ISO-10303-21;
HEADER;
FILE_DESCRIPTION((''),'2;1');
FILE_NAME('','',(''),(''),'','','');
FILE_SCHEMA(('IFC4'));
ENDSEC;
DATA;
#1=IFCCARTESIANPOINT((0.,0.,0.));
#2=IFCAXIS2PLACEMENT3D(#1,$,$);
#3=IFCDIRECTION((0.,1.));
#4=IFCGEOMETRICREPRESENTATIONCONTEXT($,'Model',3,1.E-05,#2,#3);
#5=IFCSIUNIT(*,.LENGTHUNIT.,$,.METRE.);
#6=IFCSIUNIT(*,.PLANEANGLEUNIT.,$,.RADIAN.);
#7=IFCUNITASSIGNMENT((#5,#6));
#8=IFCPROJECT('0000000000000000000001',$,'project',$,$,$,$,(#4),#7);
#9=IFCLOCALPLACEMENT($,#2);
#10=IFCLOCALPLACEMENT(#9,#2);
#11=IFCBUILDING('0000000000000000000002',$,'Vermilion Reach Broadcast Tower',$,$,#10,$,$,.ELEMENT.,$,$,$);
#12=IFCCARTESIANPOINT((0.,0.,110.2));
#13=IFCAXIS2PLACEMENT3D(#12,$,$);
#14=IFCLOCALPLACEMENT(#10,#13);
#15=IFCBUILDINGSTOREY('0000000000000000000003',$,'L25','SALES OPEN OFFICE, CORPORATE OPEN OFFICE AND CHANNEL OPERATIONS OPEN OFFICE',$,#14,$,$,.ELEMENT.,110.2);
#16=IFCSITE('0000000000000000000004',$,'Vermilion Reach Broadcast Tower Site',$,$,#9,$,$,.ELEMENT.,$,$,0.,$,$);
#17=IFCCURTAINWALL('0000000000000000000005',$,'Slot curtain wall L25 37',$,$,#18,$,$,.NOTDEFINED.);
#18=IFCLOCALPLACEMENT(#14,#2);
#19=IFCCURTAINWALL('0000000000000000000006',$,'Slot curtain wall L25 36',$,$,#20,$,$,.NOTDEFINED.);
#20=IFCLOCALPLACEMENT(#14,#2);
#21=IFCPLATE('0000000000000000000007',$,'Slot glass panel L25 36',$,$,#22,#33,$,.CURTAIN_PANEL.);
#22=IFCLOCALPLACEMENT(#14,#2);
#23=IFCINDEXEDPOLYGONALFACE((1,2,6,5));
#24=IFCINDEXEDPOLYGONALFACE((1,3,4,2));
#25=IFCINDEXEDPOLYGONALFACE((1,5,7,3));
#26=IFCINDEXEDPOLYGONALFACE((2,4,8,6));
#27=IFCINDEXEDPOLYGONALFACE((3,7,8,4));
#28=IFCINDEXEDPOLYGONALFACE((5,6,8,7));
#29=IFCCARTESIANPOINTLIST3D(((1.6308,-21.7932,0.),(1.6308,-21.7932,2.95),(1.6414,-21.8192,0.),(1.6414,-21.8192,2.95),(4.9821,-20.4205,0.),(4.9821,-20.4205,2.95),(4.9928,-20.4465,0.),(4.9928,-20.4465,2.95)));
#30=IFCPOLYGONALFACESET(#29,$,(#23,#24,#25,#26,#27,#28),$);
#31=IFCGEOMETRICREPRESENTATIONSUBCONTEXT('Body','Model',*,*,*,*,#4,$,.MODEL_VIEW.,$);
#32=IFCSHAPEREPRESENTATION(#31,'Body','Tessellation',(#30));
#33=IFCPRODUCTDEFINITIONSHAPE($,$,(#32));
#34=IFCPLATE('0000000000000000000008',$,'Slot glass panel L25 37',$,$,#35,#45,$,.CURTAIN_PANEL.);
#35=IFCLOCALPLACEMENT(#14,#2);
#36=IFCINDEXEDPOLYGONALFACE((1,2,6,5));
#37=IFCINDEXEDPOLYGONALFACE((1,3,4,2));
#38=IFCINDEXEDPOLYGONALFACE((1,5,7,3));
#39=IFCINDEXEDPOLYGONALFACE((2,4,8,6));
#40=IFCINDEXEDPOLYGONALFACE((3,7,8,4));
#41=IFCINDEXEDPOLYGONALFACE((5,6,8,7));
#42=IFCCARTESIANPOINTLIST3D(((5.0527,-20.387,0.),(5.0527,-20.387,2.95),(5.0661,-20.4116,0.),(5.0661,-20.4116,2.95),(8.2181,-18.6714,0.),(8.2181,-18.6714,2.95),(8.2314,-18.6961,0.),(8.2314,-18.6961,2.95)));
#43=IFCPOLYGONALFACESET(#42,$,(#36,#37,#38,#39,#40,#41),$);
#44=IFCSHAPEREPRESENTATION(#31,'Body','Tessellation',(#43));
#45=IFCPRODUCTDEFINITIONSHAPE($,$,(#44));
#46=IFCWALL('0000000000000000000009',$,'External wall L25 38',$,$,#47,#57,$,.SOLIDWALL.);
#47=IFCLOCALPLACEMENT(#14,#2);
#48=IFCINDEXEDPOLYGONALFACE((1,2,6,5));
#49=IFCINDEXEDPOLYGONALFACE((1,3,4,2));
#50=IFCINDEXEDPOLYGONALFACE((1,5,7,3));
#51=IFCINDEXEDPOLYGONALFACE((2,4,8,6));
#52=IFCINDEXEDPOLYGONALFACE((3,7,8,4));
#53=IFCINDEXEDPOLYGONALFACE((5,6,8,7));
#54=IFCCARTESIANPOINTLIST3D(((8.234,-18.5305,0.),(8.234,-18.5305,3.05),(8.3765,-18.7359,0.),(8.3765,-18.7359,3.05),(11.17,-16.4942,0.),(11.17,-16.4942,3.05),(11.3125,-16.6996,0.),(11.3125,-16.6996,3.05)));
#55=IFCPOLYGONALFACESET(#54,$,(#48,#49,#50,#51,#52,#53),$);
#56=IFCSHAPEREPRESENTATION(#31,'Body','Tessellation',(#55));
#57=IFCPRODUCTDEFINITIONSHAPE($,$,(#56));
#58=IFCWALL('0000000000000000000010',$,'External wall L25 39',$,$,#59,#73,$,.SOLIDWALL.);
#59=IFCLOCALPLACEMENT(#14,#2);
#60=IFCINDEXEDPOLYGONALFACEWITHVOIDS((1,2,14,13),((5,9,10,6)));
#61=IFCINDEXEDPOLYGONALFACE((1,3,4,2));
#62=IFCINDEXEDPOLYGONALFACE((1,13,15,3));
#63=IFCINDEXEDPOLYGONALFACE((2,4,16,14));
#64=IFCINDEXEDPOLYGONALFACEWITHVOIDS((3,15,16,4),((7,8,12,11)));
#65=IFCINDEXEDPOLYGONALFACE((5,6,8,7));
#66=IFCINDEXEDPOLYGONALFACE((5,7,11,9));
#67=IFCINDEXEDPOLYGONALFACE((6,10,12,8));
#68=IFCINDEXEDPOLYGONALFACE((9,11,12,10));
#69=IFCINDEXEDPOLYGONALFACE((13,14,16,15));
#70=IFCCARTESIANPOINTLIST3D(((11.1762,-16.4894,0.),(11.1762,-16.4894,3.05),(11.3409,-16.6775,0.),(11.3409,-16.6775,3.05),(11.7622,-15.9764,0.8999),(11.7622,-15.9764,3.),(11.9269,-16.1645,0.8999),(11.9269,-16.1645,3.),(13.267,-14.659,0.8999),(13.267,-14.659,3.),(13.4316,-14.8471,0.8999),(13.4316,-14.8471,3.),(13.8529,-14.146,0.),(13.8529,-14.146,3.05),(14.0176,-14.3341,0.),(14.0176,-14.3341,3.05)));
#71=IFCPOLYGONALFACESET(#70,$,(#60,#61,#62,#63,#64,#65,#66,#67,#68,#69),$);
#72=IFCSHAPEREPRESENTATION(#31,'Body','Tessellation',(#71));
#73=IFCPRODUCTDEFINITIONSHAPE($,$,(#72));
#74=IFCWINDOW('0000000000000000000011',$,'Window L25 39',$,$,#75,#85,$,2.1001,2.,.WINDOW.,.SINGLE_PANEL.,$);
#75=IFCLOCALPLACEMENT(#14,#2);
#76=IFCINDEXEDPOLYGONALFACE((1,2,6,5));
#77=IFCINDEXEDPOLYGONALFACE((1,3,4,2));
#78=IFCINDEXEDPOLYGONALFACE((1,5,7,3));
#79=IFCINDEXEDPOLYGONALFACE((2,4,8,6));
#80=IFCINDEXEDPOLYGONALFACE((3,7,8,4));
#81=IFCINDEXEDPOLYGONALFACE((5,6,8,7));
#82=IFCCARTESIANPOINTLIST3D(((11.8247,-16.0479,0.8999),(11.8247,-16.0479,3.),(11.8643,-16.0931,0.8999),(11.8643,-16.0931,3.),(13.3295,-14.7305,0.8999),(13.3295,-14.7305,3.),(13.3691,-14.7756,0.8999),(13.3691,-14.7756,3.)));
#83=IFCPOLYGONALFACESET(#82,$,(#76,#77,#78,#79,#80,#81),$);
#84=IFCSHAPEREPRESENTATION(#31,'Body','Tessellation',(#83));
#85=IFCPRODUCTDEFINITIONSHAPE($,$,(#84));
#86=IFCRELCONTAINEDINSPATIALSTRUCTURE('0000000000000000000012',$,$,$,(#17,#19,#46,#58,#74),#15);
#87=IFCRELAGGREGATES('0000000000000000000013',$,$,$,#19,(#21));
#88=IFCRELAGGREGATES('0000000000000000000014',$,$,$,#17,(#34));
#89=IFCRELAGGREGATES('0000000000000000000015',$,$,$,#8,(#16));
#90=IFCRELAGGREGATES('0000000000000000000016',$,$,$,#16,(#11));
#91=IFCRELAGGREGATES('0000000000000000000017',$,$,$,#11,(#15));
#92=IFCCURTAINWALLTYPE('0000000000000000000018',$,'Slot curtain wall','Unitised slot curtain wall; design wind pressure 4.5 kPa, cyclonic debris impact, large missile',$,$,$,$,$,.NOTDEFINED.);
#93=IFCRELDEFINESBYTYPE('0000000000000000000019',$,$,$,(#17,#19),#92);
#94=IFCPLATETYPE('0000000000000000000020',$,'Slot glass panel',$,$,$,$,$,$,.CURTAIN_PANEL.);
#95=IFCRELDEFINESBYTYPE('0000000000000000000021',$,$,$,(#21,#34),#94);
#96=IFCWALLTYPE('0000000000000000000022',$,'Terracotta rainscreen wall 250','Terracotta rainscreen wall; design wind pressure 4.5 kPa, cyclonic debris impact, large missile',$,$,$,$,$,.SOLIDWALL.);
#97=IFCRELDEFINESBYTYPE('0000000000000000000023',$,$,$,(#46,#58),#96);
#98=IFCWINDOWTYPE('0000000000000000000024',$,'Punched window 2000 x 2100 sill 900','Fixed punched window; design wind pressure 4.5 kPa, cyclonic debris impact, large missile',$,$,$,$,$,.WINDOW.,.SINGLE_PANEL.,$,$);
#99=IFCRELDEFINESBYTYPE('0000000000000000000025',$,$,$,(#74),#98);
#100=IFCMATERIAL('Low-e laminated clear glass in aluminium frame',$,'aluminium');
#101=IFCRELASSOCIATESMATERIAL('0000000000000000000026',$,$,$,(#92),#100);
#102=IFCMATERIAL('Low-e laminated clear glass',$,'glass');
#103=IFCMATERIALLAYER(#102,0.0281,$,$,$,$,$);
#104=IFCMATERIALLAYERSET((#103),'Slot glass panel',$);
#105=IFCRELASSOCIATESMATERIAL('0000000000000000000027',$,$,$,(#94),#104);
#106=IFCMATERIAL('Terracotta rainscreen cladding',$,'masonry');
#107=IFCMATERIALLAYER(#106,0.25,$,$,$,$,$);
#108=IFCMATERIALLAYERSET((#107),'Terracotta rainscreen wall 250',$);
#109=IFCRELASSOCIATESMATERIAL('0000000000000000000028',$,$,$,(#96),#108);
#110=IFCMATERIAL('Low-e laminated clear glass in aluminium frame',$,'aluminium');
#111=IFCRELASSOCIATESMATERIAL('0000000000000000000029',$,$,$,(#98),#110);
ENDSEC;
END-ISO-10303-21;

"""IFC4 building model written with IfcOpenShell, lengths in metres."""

from ifc_helpers import new_model, si_unit, direction, frame, frame_2d, origin, origin_2d, place, context, subcontext, project, spatial, rectangle, extrude, material, layer, layer_set, type_object, element, fill, aggregate, save


model = new_model("IFC4")

# Units and contexts
model_context = context("Model", 3, precision=1e-05, world=origin(), true_north=direction((0.0, 1.0)))
body_context = subcontext(model_context, "Body", "Model", "MODEL_VIEW")
ifc_project = project(units=[si_unit("LENGTHUNIT", "METRE"), si_unit("PLANEANGLEUNIT", "RADIAN")], contexts=[model_context])

# Site, building, storey
site_placement = place(None, origin())
site = spatial("IfcSite", under=ifc_project, at=site_placement, Name="Vermilion Reach Broadcast Tower Site", CompositionType="ELEMENT", RefElevation=0.0)
building_placement = place(site_placement, origin())
building = spatial("IfcBuilding", under=site, at=building_placement, Name="Vermilion Reach Broadcast Tower", CompositionType="ELEMENT")
storey_placement = place(building_placement, frame((0.0, 0.0, 110.2)))
storey = spatial("IfcBuildingStorey", under=building, at=storey_placement, Name="L25", Description="SALES OPEN OFFICE, CORPORATE OPEN OFFICE AND CHANNEL OPERATIONS OPEN OFFICE", CompositionType="ELEMENT", Elevation=110.2)

# Curtain wall
ifc_material_1 = material(Name="Low-e laminated clear glass in aluminium frame", Category="aluminium")
curtain_wall_type = type_object("IfcCurtainWallType", Name="Slot curtain wall", Description="Unitised slot curtain wall; design wind pressure 4.5 kPa, cyclonic debris impact, large missile", PredefinedType="NOTDEFINED", material=ifc_material_1)
placement = place(storey_placement, origin())
curtain_wall_1 = element("IfcCurtainWall", 1, at=placement, inside=storey, type_object=curtain_wall_type, Name="Slot curtain wall L25 37", PredefinedType="NOTDEFINED")

# Curtain wall, plate
curtain_wall_2 = element("IfcCurtainWall", 2, at=placement, inside=storey, type_object=curtain_wall_type, Name="Slot curtain wall L25 36", PredefinedType="NOTDEFINED")
ifc_material_2 = material(Name="Low-e laminated clear glass", Category="glass")
ifc_layer_1 = layer(ifc_material_2, 0.0281)
ifc_layer_set_1 = layer_set([ifc_layer_1], Name="Slot glass panel")
plate_type = type_object("IfcPlateType", Name="Slot glass panel", PredefinedType="CURTAIN_PANEL", material=ifc_layer_set_1)
plate_1_placement = place(storey_placement, frame((3.3118, -21.1199, 0.0), z_axis=(0.0, 0.0, 1.0), x_axis=(0.92538, 0.379041, 0.0)))
plate_1 = element("IfcPlate", 3, at=plate_1_placement, type_object=plate_type, Name="Slot glass panel L25 36", PredefinedType="CURTAIN_PANEL", context=body_context, shape_type="SweptSolid", body=[
    extrude(rectangle(XDim=3.6216, YDim=0.0281, at=origin_2d()), origin(), (0.0, 0.0, 1.0), 2.95),
])
aggregate(curtain_wall_2, [plate_1])

# Plate
plate_2_placement = place(storey_placement, frame((6.6421, -19.5415, 0.0), z_axis=(0.0, 0.0, 1.0), x_axis=(0.87917, 0.476507, 0.0)))
plate_2 = element("IfcPlate", 4, at=plate_2_placement, type_object=plate_type, Name="Slot glass panel L25 37", PredefinedType="CURTAIN_PANEL", context=body_context, shape_type="SweptSolid", body=[
    extrude(rectangle(XDim=3.6003, YDim=0.0281, at=origin_2d()), origin(), (0.0, 0.0, 1.0), 2.95),
])
aggregate(curtain_wall_1, [plate_2])

# Wall
ifc_material_3 = material(Name="Terracotta rainscreen cladding", Category="masonry")
ifc_layer_2 = layer(ifc_material_3, 0.25)
ifc_layer_set_2 = layer_set([ifc_layer_2], Name="Terracotta rainscreen wall 250")
wall_type = type_object("IfcWallType", Name="Terracotta rainscreen wall 250", Description="Terracotta rainscreen wall; design wind pressure 4.5 kPa, cyclonic debris impact, large missile", PredefinedType="SOLIDWALL", material=ifc_layer_set_2)
wall_1_placement = place(storey_placement, frame((8.3052, -18.6333, 0.0), z_axis=(0.0, 0.0, 1.0), x_axis=(0.821702, 0.569917, 0.0)))
element("IfcWall", 5, at=wall_1_placement, inside=storey, type_object=wall_type, Name="External wall L25 38", PredefinedType="SOLIDWALL", context=body_context, shape_type="SweptSolid", body=[
    extrude(rectangle(XDim=3.573, YDim=0.25, at=frame_2d((1.7866, 0.0))), origin(), (0.0, 0.0, 1.0), 3.05),
])

# Wall, opening, window
wall_2_placement = place(storey_placement, frame((11.2585, -16.5835, 0.0), z_axis=(0.0, 0.0, 1.0), x_axis=(0.75239, 0.658718, 0.0)))
wall_2 = element("IfcWall", 6, at=wall_2_placement, inside=storey, type_object=wall_type, Name="External wall L25 39", PredefinedType="SOLIDWALL", context=body_context, shape_type="SweptSolid", body=[
    extrude(rectangle(XDim=3.5576, YDim=0.25, at=frame_2d((1.7788, 0.0))), origin(), (0.0, 0.0, 1.0), 3.05),
])
opening_1_placement = place(wall_2_placement, frame((0.7788, 0.0, 0.8999)))
opening_1 = element("IfcOpeningElement", 7, at=opening_1_placement, cuts=wall_2, PredefinedType="OPENING", context=body_context, shape_type="SweptSolid", body=[
    extrude(rectangle(XDim=2.0, YDim=2.1001, at=frame_2d((1.0, 1.05))), frame((0.0, 0.135, 0.0), z_axis=(0.0, -1.0, 0.0), x_axis=(1.0, 0.0, 0.0)), (0.0, 0.0, 1.0), 0.27),
])
ifc_material_4 = material(Name="Low-e laminated clear glass in aluminium frame", Category="aluminium")
window_type = type_object("IfcWindowType", Name="Punched window 2000 x 2100 sill 900", Description="Fixed punched window; design wind pressure 4.5 kPa, cyclonic debris impact, large missile", PartitioningType="SINGLE_PANEL", PredefinedType="WINDOW", material=ifc_material_4)
window_placement = place(opening_1_placement, origin())
window = element("IfcWindow", 8, at=window_placement, inside=storey, type_object=window_type, Name="Window L25 39", OverallHeight=2.1001, OverallWidth=2.0, PartitioningType="SINGLE_PANEL", PredefinedType="WINDOW", context=body_context, shape_type="SweptSolid", body=[
    extrude(rectangle(XDim=2.0, YDim=2.1001, at=frame_2d((1.0, 1.05))), frame((0.0, 0.03, 0.0), z_axis=(0.0, -1.0, 0.0), x_axis=(1.0, 0.0, 0.0)), (0.0, 0.0, 1.0), 0.0601),
])
fill(opening_1, window)

save(model, "model.ifc")
